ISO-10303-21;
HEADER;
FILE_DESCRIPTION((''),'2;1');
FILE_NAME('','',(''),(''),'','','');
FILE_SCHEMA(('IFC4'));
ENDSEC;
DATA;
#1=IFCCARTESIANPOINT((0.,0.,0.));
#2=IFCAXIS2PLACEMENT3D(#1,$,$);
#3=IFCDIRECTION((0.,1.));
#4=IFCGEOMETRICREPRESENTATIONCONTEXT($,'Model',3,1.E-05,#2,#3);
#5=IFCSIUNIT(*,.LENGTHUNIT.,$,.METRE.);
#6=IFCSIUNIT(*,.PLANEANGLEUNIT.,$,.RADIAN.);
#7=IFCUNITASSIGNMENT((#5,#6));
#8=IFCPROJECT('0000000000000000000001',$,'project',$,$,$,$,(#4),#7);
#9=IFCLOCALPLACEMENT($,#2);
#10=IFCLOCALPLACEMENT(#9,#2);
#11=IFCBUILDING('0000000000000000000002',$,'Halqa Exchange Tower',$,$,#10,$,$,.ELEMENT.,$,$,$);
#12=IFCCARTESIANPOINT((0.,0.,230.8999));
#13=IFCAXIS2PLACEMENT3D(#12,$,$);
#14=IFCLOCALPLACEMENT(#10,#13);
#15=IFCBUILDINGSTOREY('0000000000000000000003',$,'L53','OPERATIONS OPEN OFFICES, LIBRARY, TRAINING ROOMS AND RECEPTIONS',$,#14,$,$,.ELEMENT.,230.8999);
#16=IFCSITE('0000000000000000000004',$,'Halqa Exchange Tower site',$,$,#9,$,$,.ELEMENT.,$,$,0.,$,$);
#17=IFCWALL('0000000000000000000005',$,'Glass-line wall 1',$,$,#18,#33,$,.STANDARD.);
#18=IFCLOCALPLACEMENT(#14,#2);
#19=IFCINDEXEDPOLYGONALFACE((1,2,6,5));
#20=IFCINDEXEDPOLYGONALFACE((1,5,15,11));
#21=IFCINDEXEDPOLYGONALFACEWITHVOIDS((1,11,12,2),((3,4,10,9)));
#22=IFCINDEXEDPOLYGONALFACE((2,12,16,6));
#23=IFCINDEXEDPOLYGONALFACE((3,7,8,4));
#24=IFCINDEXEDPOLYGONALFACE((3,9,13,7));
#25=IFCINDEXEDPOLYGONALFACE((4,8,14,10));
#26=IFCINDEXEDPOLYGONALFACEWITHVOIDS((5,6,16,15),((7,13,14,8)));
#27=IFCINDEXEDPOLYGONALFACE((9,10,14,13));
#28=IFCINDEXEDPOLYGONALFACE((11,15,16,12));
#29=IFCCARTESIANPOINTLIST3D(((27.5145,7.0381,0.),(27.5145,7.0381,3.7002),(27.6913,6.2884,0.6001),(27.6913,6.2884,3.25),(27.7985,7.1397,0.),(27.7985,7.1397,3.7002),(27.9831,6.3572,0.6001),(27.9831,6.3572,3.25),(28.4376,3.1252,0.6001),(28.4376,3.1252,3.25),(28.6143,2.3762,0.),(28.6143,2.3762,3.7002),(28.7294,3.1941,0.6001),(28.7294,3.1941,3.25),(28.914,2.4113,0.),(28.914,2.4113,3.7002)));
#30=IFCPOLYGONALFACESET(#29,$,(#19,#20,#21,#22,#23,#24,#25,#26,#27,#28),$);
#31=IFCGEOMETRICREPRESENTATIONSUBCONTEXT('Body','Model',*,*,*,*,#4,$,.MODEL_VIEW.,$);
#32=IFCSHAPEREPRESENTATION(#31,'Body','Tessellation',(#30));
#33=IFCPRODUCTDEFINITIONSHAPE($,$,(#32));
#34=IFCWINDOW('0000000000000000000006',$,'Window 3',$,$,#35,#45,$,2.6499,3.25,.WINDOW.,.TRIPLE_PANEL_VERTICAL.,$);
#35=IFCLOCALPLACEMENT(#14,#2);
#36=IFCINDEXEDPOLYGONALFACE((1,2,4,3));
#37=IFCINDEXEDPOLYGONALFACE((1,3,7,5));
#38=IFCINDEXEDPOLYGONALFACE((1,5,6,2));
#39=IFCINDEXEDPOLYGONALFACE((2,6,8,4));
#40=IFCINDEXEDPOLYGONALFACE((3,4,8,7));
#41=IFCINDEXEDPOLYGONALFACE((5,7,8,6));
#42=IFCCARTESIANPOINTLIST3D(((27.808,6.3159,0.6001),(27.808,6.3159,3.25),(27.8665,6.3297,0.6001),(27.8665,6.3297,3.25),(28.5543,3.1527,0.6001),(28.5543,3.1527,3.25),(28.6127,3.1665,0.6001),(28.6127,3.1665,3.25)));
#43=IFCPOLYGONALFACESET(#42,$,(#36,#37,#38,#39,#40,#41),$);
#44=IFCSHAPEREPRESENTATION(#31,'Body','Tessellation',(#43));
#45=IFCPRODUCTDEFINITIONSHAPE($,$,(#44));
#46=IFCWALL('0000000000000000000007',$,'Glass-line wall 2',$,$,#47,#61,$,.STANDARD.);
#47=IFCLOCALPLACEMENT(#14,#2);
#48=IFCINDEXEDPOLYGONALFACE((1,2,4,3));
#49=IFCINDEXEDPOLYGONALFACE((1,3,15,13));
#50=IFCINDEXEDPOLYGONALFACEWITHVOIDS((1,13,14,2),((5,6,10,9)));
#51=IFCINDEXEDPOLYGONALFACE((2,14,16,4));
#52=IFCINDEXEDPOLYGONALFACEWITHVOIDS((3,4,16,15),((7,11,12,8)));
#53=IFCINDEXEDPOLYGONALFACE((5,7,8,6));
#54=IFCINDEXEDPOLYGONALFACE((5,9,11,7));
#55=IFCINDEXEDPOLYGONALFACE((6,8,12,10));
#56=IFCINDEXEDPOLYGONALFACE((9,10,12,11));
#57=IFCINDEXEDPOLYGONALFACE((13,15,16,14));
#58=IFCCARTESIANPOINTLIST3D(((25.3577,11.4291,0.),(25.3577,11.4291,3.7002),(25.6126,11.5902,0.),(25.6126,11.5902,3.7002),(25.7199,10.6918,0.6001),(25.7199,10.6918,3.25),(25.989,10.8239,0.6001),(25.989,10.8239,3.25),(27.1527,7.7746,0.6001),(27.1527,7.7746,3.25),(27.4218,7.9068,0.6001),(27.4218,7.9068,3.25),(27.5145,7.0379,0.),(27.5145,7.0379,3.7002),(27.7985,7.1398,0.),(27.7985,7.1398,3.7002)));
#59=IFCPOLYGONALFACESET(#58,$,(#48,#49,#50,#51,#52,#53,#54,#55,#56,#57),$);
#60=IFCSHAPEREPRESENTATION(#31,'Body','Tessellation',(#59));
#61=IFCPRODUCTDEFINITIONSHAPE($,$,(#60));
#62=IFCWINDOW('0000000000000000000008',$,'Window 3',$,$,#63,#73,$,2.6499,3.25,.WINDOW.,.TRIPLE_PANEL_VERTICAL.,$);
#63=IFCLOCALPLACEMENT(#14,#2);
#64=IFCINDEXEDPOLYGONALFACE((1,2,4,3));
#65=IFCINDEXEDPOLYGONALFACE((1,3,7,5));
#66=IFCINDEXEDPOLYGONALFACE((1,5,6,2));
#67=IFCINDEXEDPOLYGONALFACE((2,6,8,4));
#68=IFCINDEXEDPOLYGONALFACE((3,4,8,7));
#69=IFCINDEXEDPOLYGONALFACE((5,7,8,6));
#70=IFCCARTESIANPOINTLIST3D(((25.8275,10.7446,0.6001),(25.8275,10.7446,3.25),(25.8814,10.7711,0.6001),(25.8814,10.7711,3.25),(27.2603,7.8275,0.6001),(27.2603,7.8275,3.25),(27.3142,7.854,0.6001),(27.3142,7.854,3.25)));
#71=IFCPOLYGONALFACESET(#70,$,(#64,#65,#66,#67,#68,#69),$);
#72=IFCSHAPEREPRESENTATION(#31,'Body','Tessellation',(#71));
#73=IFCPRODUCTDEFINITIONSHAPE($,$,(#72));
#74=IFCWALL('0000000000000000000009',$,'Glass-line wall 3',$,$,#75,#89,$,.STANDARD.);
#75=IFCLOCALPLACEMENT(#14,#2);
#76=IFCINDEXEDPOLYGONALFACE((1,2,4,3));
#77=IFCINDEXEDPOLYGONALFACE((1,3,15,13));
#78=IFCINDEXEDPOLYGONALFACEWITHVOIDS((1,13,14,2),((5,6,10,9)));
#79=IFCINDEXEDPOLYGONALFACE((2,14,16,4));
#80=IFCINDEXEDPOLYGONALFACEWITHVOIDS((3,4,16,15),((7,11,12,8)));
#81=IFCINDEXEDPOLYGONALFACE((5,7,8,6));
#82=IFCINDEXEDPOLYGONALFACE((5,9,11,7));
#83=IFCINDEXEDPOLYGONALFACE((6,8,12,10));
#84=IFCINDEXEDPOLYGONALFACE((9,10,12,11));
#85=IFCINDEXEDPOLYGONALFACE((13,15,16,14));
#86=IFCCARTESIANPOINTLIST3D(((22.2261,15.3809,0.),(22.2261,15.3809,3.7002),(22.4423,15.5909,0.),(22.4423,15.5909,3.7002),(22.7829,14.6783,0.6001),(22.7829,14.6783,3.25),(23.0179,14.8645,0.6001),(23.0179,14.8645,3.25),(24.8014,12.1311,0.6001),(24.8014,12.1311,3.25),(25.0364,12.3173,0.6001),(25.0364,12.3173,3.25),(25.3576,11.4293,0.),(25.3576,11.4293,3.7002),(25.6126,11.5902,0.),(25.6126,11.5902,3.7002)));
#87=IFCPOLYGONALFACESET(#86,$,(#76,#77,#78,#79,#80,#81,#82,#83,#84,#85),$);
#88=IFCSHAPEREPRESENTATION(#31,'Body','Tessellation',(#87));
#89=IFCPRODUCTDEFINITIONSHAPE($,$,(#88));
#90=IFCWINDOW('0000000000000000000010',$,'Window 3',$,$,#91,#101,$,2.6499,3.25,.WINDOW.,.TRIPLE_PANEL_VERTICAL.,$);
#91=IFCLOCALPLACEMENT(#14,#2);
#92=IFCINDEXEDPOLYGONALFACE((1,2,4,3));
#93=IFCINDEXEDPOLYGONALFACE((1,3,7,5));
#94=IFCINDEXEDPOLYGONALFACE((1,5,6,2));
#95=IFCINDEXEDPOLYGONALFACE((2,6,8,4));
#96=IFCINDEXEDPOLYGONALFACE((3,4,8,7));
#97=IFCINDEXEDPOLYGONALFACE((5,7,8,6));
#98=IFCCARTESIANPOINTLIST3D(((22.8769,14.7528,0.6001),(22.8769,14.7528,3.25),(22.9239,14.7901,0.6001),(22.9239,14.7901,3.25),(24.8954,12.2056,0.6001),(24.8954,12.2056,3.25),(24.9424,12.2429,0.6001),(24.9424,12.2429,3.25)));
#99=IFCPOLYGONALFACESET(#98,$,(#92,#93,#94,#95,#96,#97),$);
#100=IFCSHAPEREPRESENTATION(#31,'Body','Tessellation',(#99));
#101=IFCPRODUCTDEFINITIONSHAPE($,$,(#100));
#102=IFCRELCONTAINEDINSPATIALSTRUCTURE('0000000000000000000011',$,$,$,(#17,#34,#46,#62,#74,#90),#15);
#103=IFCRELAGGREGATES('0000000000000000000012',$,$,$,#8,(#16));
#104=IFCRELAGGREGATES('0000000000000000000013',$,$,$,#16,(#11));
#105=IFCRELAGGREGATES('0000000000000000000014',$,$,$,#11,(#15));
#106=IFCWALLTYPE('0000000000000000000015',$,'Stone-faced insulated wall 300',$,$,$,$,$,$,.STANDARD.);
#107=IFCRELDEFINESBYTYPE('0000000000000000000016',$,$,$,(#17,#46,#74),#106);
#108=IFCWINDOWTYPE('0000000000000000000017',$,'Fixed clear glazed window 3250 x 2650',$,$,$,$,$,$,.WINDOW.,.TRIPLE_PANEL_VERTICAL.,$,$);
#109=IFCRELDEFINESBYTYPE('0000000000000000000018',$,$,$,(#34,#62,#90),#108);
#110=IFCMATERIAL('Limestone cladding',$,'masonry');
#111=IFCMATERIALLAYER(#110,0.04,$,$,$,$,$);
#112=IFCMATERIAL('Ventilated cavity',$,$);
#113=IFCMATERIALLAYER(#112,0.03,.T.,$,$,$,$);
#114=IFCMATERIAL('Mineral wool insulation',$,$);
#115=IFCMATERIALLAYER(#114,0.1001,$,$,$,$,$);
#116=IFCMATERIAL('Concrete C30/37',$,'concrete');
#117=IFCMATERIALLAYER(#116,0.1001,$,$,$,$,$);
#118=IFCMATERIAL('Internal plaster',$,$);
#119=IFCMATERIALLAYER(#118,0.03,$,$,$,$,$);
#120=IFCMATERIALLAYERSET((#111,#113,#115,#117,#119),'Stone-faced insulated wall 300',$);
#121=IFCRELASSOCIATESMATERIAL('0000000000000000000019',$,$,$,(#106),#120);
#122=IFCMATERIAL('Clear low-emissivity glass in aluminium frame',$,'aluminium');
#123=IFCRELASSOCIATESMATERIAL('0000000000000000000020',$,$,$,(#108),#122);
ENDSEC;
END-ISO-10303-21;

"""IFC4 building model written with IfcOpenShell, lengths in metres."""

from ifc_helpers import new_model, si_unit, direction, frame, frame_2d, origin, place, context, subcontext, project, spatial, polyline, rectangle, outline, extrude, material, layer, layer_set, type_object, element, fill, save


model = new_model("IFC4")

# Units and contexts
model_context = context("Model", 3, precision=1e-05, world=origin(), true_north=direction((0.0, 1.0)))
body_context = subcontext(model_context, "Body", "Model", "MODEL_VIEW")
ifc_project = project(units=[si_unit("LENGTHUNIT", "METRE"), si_unit("PLANEANGLEUNIT", "RADIAN")], contexts=[model_context])

# Site, building, storey
site_placement = place(None, origin())
site = spatial("IfcSite", under=ifc_project, at=site_placement, Name="Halqa Exchange Tower site", CompositionType="ELEMENT", RefElevation=0.0)
building_placement = place(site_placement, origin())
building = spatial("IfcBuilding", under=site, at=building_placement, Name="Halqa Exchange Tower", CompositionType="ELEMENT")
storey_placement = place(building_placement, frame((0.0, 0.0, 230.8999)))
storey = spatial("IfcBuildingStorey", under=building, at=storey_placement, Name="L53", Description="OPERATIONS OPEN OFFICES, LIBRARY, TRAINING ROOMS AND RECEPTIONS", CompositionType="ELEMENT", Elevation=230.8999)

# Walls, openings, windows
ifc_material_1 = material(Name="Limestone cladding", Category="masonry")
ifc_layer_1 = layer(ifc_material_1, 0.04)
ifc_material_2 = material(Name="Ventilated cavity")
ifc_layer_2 = layer(ifc_material_2, 0.03, ventilated=True)
ifc_material_3 = material(Name="Mineral wool insulation")
ifc_layer_3 = layer(ifc_material_3, 0.1001)
ifc_material_4 = material(Name="Concrete C30/37", Category="concrete")
ifc_layer_4 = layer(ifc_material_4, 0.1001)
ifc_material_5 = material(Name="Internal plaster")
ifc_layer_5 = layer(ifc_material_5, 0.03)
ifc_layer_set_1 = layer_set([ifc_layer_1, ifc_layer_2, ifc_layer_3, ifc_layer_4, ifc_layer_5], Name="Stone-faced insulated wall 300")
wall_type_1 = type_object("IfcWallType", Name="Stone-faced insulated wall 300", PredefinedType="STANDARD", material=ifc_layer_set_1)
wall_1_placement = place(storey_placement, frame((28.7642, 2.3938, 0.0), z_axis=(0.0, 0.0, 1.0), x_axis=(-0.229618, 0.973281, 0.0)))
wall_1 = element("IfcWall", 1, at=wall_1_placement, inside=storey, type_object=wall_type_1, Name="Glass-line wall 1", PredefinedType="STANDARD", context=body_context, shape_type="SweptSolid", body=[
    extrude(outline(polyline([(-0.0173, -0.1499), (4.8408, -0.1499), (4.8071, 0.1499), (0.0173, 0.1499), (-0.0173, -0.1499)])), origin(), (0.0, 0.0, 1.0), 3.7002),
])
opening_1_placement = place(wall_1_placement, frame((0.7869, 0.0, 0.6001)))
opening_1 = element("IfcOpeningElement", 2, at=opening_1_placement, cuts=wall_1, PredefinedType="OPENING", context=body_context, shape_type="SweptSolid", body=[
    extrude(rectangle(XDim=3.25, YDim=2.6499, at=frame_2d((1.625, 1.325))), frame((0.0, 0.1621, 0.0), z_axis=(0.0, -1.0, 0.0), x_axis=(1.0, 0.0, 0.0)), (0.0, 0.0, 1.0), 0.324),
])
ifc_material_6 = material(Name="Clear low-emissivity glass in aluminium frame", Category="aluminium")
window_type = type_object("IfcWindowType", Name="Fixed clear glazed window 3250 x 2650", PartitioningType="TRIPLE_PANEL_VERTICAL", PredefinedType="WINDOW", material=ifc_material_6)
window_1_placement = place(opening_1_placement, origin())
window_1 = element("IfcWindow", 3, at=window_1_placement, inside=storey, type_object=window_type, Name="Window 3", OverallHeight=2.6499, OverallWidth=3.25, PartitioningType="TRIPLE_PANEL_VERTICAL", PredefinedType="WINDOW", context=body_context, shape_type="SweptSolid", body=[
    extrude(rectangle(XDim=3.25, YDim=2.6499, at=frame_2d((1.625, 1.325))), frame((0.0, 0.03, 0.0), z_axis=(0.0, -1.0, 0.0), x_axis=(1.0, 0.0, 0.0)), (0.0, 0.0, 1.0), 0.0601),
])
fill(opening_1, window_1)
wall_2_placement = place(storey_placement, frame((27.6565, 7.0889, 0.0), z_axis=(0.0, 0.0, 1.0), x_axis=(-0.440858, 0.897577, 0.0)))
wall_2 = element("IfcWall", 4, at=wall_2_placement, inside=storey, type_object=wall_type_1, Name="Glass-line wall 2", PredefinedType="STANDARD", context=body_context, shape_type="SweptSolid", body=[
    extrude(outline(polyline([(-0.0168, -0.1499), (4.9414, -0.1499), (4.9092, 0.1499), (0.0168, 0.1499), (-0.0168, -0.1499)])), origin(), (0.0, 0.0, 1.0), 3.7002),
])
opening_2_placement = place(wall_2_placement, frame((0.8376, 0.0, 0.6001)))
opening_2 = element("IfcOpeningElement", 5, at=opening_2_placement, cuts=wall_2, PredefinedType="OPENING", context=body_context, shape_type="SweptSolid", body=[
    extrude(rectangle(XDim=3.25, YDim=2.6499, at=frame_2d((1.625, 1.325))), frame((0.0, 0.1621, 0.0), z_axis=(0.0, -1.0, 0.0), x_axis=(1.0, 0.0, 0.0)), (0.0, 0.0, 1.0), 0.324),
])
window_2_placement = place(opening_2_placement, origin())
window_2 = element("IfcWindow", 6, at=window_2_placement, inside=storey, type_object=window_type, Name="Window 3", OverallHeight=2.6499, OverallWidth=3.25, PartitioningType="TRIPLE_PANEL_VERTICAL", PredefinedType="WINDOW", context=body_context, shape_type="SweptSolid", body=[
    extrude(rectangle(XDim=3.25, YDim=2.6499, at=frame_2d((1.625, 1.325))), frame((0.0, 0.03, 0.0), z_axis=(0.0, -1.0, 0.0), x_axis=(1.0, 0.0, 0.0)), (0.0, 0.0, 1.0), 0.0601),
])
fill(opening_2, window_2)
wall_3_placement = place(storey_placement, frame((25.4851, 11.5098, 0.0), z_axis=(0.0, 0.0, 1.0), x_axis=(-0.621085, 0.783743, 0.0)))
wall_3 = element("IfcWall", 7, at=wall_3_placement, inside=storey, type_object=wall_type_1, Name="Glass-line wall 3", PredefinedType="STANDARD", context=body_context, shape_type="SweptSolid", body=[
    extrude(outline(polyline([(-0.0161, -0.1499), (5.0884, -0.1499), (5.0581, 0.1499), (0.0161, 0.1499), (-0.0161, -0.1499)])), origin(), (0.0, 0.0, 1.0), 3.7002),
])
opening_3_placement = place(wall_3_placement, frame((0.9116, 0.0, 0.6001)))
opening_3 = element("IfcOpeningElement", 8, at=opening_3_placement, cuts=wall_3, PredefinedType="OPENING", context=body_context, shape_type="SweptSolid", body=[
    extrude(rectangle(XDim=3.25, YDim=2.6499, at=frame_2d((1.625, 1.325))), frame((0.0, 0.1621, 0.0), z_axis=(0.0, -1.0, 0.0), x_axis=(1.0, 0.0, 0.0)), (0.0, 0.0, 1.0), 0.324),
])
window_3_placement = place(opening_3_placement, origin())
window_3 = element("IfcWindow", 9, at=window_3_placement, inside=storey, type_object=window_type, Name="Window 3", OverallHeight=2.6499, OverallWidth=3.25, PartitioningType="TRIPLE_PANEL_VERTICAL", PredefinedType="WINDOW", context=body_context, shape_type="SweptSolid", body=[
    extrude(rectangle(XDim=3.25, YDim=2.6499, at=frame_2d((1.625, 1.325))), frame((0.0, 0.03, 0.0), z_axis=(0.0, -1.0, 0.0), x_axis=(1.0, 0.0, 0.0)), (0.0, 0.0, 1.0), 0.0601),
])
fill(opening_3, window_3)

save(model, "model.ifc")
